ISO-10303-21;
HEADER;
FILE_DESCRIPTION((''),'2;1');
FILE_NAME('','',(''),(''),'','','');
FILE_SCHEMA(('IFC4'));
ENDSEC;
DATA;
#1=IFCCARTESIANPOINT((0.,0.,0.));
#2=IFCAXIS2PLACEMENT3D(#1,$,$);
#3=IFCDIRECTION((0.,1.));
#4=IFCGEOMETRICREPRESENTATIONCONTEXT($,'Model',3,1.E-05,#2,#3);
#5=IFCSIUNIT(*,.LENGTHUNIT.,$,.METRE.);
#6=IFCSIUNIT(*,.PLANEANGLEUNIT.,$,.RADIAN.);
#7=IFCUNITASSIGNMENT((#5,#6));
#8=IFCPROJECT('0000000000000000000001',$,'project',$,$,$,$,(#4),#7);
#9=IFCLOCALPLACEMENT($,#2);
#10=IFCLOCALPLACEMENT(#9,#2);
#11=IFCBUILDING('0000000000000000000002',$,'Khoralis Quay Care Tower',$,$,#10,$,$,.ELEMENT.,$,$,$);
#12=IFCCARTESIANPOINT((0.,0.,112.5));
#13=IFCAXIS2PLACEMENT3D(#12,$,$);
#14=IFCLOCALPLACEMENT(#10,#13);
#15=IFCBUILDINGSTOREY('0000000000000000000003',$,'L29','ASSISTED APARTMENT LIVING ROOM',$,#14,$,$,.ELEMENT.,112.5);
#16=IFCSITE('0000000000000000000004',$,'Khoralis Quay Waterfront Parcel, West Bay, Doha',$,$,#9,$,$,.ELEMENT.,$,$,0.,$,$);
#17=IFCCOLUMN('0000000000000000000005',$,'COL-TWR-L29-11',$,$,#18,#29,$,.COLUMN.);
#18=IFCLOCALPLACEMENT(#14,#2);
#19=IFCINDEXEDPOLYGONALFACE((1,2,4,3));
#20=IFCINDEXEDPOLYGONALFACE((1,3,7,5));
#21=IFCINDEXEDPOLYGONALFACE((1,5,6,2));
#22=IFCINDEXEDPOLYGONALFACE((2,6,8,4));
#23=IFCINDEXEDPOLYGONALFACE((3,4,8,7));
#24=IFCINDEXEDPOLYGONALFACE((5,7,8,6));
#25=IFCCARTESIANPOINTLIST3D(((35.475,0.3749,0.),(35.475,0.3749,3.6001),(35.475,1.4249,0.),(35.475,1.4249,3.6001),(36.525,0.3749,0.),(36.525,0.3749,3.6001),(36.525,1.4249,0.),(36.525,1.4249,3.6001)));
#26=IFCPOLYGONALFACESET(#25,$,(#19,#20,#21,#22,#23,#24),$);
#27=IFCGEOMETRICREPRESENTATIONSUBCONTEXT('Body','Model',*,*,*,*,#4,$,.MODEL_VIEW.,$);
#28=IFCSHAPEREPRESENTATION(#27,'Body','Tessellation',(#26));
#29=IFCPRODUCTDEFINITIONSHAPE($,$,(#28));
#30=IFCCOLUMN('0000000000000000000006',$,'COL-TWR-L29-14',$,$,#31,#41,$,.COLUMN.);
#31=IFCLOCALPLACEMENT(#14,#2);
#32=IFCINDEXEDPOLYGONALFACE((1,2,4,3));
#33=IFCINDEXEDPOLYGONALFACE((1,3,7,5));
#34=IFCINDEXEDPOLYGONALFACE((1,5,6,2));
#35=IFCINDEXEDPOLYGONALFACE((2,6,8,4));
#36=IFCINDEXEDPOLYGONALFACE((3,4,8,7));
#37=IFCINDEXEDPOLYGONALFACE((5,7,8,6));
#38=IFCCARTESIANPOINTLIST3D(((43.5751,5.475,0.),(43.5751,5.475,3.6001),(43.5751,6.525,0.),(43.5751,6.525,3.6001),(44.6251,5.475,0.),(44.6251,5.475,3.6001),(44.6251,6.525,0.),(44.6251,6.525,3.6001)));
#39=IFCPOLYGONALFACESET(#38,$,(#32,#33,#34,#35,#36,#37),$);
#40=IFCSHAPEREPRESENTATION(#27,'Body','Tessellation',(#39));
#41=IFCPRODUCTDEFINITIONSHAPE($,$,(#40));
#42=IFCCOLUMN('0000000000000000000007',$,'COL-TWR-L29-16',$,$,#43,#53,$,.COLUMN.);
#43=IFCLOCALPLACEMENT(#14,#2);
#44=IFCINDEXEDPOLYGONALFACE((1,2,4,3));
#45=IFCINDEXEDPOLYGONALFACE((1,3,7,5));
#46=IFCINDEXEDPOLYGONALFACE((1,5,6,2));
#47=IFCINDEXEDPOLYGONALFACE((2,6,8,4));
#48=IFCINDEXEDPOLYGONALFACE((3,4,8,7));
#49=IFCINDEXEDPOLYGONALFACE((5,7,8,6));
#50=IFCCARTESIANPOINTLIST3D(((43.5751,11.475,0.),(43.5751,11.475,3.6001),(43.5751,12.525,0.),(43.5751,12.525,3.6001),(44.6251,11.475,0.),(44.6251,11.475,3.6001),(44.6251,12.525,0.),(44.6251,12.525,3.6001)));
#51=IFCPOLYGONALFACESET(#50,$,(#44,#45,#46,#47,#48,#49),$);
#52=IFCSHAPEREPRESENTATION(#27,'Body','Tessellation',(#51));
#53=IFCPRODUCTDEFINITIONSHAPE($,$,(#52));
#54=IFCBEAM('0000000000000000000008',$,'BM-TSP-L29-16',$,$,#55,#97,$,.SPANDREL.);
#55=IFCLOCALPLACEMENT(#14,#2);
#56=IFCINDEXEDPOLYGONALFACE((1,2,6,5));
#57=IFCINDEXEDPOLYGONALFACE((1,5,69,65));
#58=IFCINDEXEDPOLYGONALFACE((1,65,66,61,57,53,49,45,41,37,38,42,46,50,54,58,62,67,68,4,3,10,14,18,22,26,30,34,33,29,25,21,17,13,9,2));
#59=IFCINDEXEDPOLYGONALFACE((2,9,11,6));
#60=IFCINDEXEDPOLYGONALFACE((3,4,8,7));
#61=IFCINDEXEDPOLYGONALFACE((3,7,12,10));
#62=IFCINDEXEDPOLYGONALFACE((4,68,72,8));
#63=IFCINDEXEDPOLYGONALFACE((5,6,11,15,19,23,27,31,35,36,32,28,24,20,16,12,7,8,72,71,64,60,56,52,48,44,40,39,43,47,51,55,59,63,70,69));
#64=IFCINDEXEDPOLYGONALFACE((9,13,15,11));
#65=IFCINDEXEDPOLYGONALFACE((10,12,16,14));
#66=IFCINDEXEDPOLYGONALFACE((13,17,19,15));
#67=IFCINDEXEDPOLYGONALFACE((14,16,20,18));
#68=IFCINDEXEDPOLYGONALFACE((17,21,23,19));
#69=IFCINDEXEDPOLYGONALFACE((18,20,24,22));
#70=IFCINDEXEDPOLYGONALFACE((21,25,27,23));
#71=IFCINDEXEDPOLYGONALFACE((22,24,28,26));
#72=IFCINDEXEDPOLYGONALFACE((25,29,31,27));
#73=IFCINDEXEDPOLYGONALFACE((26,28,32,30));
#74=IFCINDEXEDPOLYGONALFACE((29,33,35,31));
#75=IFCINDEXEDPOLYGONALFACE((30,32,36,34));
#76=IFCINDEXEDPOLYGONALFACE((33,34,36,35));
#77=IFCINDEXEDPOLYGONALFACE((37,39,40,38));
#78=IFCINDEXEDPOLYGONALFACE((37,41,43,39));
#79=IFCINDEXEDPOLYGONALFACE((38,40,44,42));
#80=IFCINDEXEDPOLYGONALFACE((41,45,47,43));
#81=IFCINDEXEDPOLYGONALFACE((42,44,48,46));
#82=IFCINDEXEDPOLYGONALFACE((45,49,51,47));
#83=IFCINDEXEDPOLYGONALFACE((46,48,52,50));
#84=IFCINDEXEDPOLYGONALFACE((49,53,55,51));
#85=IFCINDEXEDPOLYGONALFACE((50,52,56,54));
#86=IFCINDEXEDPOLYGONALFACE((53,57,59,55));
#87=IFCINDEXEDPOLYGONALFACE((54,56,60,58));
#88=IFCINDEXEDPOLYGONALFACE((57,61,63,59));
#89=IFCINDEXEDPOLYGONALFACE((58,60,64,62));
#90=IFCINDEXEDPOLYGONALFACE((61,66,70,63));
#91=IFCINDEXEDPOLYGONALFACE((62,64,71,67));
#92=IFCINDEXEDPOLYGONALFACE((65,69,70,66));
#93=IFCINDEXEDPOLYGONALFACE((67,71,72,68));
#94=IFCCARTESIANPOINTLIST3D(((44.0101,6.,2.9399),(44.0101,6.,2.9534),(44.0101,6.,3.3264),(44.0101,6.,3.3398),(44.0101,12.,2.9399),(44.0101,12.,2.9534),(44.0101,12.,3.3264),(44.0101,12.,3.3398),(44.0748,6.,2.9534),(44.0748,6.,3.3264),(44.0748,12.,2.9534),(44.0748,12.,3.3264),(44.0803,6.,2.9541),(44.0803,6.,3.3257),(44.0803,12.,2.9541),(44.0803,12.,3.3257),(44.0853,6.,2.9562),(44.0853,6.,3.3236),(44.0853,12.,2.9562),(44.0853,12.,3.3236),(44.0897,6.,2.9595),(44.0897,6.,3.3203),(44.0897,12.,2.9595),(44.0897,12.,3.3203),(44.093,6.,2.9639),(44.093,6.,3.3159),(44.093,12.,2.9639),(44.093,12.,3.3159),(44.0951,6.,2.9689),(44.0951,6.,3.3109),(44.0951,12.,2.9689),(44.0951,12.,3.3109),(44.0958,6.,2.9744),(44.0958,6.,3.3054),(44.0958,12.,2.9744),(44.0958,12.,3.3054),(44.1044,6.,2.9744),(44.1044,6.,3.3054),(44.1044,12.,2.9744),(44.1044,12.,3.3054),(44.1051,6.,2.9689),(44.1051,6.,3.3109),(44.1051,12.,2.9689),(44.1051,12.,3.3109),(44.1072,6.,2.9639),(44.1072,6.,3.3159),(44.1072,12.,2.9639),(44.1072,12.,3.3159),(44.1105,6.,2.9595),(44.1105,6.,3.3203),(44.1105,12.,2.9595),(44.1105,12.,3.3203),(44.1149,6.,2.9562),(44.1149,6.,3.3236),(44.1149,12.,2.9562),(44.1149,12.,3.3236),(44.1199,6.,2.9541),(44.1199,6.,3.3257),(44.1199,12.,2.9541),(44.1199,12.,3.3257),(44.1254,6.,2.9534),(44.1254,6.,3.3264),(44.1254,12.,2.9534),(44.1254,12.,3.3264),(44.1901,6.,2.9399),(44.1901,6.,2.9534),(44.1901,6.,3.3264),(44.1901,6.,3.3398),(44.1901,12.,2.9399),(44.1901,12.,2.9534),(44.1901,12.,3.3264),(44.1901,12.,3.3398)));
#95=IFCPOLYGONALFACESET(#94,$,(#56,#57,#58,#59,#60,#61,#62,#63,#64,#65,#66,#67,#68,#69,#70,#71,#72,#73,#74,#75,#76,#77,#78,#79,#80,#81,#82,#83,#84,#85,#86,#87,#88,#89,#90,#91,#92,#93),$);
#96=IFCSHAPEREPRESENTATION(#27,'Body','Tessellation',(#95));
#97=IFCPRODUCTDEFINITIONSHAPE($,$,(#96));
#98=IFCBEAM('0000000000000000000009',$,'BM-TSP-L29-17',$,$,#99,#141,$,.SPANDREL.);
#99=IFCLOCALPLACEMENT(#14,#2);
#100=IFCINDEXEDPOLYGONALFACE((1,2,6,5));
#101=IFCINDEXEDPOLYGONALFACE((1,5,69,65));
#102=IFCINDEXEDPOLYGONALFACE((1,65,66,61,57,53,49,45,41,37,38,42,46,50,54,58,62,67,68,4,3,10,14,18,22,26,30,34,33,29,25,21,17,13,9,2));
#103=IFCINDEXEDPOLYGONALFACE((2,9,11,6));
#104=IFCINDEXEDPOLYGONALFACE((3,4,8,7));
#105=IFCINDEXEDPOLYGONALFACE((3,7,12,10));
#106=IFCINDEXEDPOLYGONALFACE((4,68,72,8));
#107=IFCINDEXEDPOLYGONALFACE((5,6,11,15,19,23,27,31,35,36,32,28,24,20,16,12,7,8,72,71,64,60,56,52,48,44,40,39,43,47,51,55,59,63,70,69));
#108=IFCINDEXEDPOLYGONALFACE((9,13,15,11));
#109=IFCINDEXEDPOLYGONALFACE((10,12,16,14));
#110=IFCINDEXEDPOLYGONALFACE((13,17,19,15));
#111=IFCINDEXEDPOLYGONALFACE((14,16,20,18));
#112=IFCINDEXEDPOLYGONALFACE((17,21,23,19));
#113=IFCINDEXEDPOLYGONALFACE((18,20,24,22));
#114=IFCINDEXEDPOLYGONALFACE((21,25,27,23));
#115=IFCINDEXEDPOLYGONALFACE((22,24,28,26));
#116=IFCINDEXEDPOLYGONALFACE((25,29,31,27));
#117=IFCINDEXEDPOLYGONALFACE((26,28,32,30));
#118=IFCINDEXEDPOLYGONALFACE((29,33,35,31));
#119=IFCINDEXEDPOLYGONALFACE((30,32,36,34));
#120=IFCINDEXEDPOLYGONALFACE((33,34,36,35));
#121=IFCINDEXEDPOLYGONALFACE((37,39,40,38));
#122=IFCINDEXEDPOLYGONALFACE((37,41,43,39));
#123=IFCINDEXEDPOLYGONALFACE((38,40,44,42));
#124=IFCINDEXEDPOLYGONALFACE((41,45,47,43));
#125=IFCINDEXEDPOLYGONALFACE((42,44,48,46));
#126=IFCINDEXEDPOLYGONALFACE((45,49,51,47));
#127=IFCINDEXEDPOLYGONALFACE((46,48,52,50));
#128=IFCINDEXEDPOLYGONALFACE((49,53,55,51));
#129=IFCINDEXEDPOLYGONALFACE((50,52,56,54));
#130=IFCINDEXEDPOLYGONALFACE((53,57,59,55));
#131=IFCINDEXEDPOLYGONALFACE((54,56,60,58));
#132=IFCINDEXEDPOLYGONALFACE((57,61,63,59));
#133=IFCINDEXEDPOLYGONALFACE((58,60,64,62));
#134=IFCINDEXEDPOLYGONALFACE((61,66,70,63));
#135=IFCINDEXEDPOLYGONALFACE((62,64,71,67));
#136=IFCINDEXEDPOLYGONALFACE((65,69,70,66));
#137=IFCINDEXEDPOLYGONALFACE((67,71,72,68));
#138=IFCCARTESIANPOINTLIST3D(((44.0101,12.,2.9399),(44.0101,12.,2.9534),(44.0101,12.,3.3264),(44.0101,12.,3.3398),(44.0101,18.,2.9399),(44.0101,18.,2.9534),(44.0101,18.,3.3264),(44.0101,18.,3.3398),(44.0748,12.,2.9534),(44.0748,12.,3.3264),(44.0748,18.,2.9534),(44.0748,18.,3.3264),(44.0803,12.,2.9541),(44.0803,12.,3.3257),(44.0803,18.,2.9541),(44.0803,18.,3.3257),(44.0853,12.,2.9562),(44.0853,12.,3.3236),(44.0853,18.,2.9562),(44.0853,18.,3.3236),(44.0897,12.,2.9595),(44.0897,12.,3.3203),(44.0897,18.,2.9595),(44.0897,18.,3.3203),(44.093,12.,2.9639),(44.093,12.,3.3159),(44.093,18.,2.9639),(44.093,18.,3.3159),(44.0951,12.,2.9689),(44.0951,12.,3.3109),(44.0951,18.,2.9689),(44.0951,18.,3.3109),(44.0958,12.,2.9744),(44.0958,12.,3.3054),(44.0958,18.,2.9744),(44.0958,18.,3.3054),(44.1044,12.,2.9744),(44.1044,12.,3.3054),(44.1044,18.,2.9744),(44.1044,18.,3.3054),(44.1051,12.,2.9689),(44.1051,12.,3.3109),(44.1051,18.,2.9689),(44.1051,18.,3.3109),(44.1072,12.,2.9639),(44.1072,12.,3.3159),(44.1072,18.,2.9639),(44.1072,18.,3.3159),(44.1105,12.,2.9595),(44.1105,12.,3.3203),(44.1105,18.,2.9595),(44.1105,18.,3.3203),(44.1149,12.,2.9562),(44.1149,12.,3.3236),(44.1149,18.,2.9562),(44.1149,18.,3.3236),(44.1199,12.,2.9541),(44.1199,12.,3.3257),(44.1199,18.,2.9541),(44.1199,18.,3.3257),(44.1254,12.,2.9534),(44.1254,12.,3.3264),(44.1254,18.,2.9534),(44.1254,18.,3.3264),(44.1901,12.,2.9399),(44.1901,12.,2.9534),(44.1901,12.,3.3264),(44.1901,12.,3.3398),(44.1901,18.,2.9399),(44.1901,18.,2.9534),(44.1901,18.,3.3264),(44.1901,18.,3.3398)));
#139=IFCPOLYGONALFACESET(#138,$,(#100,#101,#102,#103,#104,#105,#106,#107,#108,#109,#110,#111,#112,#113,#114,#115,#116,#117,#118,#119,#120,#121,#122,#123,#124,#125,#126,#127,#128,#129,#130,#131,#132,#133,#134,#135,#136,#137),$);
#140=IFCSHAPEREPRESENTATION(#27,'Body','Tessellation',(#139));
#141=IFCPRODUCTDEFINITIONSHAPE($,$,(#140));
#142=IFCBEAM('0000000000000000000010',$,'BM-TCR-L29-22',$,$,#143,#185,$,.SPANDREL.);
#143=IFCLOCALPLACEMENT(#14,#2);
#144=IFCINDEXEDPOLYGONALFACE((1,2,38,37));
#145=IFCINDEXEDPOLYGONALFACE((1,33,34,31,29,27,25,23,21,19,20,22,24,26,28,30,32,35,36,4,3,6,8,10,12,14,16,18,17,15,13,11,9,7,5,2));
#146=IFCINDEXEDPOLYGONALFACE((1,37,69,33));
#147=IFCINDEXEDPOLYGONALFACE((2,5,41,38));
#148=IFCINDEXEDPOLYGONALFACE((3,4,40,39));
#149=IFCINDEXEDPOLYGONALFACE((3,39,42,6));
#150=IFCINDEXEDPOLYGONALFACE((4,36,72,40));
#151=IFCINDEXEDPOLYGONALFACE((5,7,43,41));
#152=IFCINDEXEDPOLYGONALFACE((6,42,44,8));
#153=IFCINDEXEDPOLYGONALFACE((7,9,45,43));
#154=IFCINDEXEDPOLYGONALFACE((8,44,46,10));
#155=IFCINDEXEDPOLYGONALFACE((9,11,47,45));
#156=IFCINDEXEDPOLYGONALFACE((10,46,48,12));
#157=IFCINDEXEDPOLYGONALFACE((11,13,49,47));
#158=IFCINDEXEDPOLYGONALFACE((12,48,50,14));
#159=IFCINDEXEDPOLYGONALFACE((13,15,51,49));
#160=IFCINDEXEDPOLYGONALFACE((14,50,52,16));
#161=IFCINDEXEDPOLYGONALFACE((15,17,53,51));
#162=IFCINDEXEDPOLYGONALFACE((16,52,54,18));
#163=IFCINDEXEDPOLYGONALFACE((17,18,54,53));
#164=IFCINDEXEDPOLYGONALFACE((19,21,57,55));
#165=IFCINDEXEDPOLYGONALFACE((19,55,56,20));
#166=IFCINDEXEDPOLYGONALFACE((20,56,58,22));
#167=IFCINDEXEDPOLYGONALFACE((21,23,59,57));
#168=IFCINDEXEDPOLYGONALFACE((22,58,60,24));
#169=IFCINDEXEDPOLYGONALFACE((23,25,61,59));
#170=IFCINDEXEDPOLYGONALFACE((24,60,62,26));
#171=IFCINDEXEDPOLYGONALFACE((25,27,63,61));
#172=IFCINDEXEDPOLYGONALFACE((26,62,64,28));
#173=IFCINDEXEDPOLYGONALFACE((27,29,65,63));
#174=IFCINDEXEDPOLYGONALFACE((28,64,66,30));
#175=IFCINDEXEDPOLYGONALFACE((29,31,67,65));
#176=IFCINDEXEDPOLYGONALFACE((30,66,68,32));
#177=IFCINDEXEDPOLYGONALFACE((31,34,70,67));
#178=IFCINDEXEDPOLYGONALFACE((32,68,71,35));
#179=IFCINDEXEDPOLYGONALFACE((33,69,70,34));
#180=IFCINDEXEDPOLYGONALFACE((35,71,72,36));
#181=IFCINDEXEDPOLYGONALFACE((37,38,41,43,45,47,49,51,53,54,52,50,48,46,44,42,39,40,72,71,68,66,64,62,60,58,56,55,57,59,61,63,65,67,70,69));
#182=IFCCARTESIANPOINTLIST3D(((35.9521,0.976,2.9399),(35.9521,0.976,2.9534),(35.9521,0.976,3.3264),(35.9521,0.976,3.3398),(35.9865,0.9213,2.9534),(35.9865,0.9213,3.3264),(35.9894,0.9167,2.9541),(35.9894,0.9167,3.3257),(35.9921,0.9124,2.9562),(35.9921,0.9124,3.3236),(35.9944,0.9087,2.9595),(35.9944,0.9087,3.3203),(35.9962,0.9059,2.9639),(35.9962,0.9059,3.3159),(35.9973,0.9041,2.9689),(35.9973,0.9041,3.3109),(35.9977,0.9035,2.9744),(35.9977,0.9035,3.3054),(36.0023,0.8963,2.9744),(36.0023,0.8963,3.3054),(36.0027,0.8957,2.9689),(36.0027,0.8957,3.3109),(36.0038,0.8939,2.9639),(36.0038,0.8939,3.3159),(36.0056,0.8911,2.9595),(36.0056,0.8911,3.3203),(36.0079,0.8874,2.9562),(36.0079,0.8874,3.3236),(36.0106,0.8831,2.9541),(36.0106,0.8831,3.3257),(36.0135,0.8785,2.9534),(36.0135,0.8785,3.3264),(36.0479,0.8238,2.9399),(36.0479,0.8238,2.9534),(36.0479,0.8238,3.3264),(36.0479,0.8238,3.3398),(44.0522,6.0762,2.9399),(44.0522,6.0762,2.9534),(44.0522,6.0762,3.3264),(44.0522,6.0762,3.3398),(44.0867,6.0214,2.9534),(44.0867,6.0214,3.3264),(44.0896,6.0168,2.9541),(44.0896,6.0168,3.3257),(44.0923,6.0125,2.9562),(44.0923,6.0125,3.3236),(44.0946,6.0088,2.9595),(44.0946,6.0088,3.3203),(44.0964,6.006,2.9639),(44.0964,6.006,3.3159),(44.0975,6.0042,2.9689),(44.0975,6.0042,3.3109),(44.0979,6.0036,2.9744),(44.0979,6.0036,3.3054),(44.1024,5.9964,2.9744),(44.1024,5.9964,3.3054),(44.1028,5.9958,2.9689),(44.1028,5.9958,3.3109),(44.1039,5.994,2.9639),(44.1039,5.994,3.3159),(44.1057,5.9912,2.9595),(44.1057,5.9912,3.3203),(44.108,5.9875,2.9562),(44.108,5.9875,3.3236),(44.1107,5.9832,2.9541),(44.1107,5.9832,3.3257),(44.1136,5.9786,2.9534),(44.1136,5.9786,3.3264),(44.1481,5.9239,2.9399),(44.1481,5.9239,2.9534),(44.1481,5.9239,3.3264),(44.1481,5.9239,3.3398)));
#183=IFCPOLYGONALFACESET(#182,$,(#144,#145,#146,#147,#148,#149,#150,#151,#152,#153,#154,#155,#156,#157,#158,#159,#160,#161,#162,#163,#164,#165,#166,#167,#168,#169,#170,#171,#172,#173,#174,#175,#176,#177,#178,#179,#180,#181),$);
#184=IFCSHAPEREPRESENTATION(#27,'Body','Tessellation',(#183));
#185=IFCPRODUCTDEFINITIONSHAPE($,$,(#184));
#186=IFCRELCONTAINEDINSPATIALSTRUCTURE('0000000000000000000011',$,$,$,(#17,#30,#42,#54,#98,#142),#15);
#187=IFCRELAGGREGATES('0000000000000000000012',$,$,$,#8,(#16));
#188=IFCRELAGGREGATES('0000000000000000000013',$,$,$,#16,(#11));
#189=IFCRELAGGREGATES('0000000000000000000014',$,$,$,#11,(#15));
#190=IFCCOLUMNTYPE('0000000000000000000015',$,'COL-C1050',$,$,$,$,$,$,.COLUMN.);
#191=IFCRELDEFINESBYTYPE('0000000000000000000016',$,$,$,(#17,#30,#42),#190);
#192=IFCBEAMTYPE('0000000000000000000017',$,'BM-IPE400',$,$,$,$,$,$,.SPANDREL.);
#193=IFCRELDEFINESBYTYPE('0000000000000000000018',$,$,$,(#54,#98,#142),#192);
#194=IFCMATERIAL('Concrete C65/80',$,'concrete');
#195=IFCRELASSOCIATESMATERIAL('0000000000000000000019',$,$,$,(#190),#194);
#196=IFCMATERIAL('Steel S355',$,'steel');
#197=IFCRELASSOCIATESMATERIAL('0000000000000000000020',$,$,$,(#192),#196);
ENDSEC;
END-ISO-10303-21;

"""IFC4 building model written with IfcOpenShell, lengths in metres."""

from ifc_helpers import new_model, si_unit, direction, frame, origin, origin_2d, place, context, subcontext, project, spatial, rectangle, i_section, extrude, source, transform, mapped, material, material_profile, profile_set, type_object, element, save


model = new_model("IFC4")

# Units and contexts
model_context = context("Model", 3, precision=1e-05, world=origin(), true_north=direction((0.0, 1.0)))
body_context = subcontext(model_context, "Body", "Model", "MODEL_VIEW")
ifc_project = project(units=[si_unit("LENGTHUNIT", "METRE"), si_unit("PLANEANGLEUNIT", "RADIAN")], contexts=[model_context])

# Site, building, storey
site_placement = place(None, origin())
site = spatial("IfcSite", under=ifc_project, at=site_placement, Name="Khoralis Quay Waterfront Parcel, West Bay, Doha", CompositionType="ELEMENT", RefElevation=0.0)
building_placement = place(site_placement, origin())
building = spatial("IfcBuilding", under=site, at=building_placement, Name="Khoralis Quay Care Tower", CompositionType="ELEMENT")
storey_placement = place(building_placement, frame((0.0, 0.0, 112.5)))
storey = spatial("IfcBuildingStorey", under=building, at=storey_placement, Name="L29", Description="ASSISTED APARTMENT LIVING ROOM", CompositionType="ELEMENT", Elevation=112.5)

# Columns
ifc_material_1 = material(Name="Concrete C65/80", Category="concrete")
ifc_material_profile_1 = material_profile(ifc_material_1, rectangle(XDim=1.05, YDim=1.05, at=origin_2d()), Name="Concrete C65/80")
ifc_profile_set_1 = profile_set([ifc_material_profile_1], Name="Concrete C65/80")
column_type = type_object("IfcColumnType", Name="COL-C1050", PredefinedType="COLUMN", material=ifc_profile_set_1)
shared_shape_1 = source(origin(), body_context, "Body", "SweptSolid", [
    extrude(rectangle(XDim=1.05, YDim=1.05, at=origin_2d()), origin(), (0.0, 0.0, 1.0), 3.6001),
])
for number, where, z_axis, x_axis, name in (
    (1, (36.0, 0.8999, 0.0), (0.0, 0.0, 1.0), (1.0, 0.0, 0.0), "COL-TWR-L29-11"),
    (2, (44.1001, 6.0, 0.0), (0.0, 0.0, 1.0), (1.0, 0.0, 0.0), "COL-TWR-L29-14"),
    (3, (44.1001, 12.0, 0.0), (0.0, 0.0, 1.0), (1.0, 0.0, 0.0), "COL-TWR-L29-16"),
):
    element("IfcColumn", number, at=place(storey_placement, frame(where, z_axis=z_axis, x_axis=x_axis)), inside=storey, type_object=column_type, Name=name, PredefinedType="COLUMN", context=body_context, shape_type="MappedRepresentation", body=[
        mapped(shared_shape_1, transform((0.0, 0.0, 0.0), scale=1.0)),
    ])

# Beams
ifc_material_2 = material(Name="Steel S355", Category="steel")
ifc_material_profile_2 = material_profile(ifc_material_2, i_section(OverallWidth=0.1799, OverallDepth=0.3999, WebThickness=0.0085, FlangeThickness=0.0134, FilletRadius=0.021, at=origin_2d()), Name="Steel S355")
ifc_profile_set_2 = profile_set([ifc_material_profile_2], Name="Steel S355")
beam_type_1 = type_object("IfcBeamType", Name="BM-IPE400", PredefinedType="SPANDREL", material=ifc_profile_set_2)
shared_shape_2 = source(origin(), body_context, "Body", "SweptSolid", [
    extrude(i_section(OverallWidth=0.1799, OverallDepth=0.3999, WebThickness=0.0085, FlangeThickness=0.0134, FilletRadius=0.021, at=origin_2d()), origin(), (0.0, 0.0, 1.0), 6.0),
])
for number, where, z_axis, x_axis, name in (
    (4, (44.1001, 6.0, 3.1399), (0.0, 1.0, 0.0), (-1.0, 0.0, 0.0), "BM-TSP-L29-16"),
    (5, (44.1001, 12.0, 3.1399), (0.0, 1.0, 0.0), (-1.0, 0.0, 0.0), "BM-TSP-L29-17"),
):
    element("IfcBeam", number, at=place(storey_placement, frame(where, z_axis=z_axis, x_axis=x_axis)), inside=storey, type_object=beam_type_1, Name=name, PredefinedType="SPANDREL", context=body_context, shape_type="MappedRepresentation", body=[
        mapped(shared_shape_2, transform((0.0, 0.0, 0.0), scale=1.0)),
    ])
shared_shape_3 = source(origin(), body_context, "Body", "SweptSolid", [
    extrude(i_section(OverallWidth=0.1799, OverallDepth=0.3999, WebThickness=0.0085, FlangeThickness=0.0134, FilletRadius=0.021, at=origin_2d()), origin(), (0.0, 0.0, 1.0), 9.572),
])
beam_1_placement = place(storey_placement, frame((36.0, 0.8999, 3.1399), z_axis=(0.846231, 0.532816, 0.0), x_axis=(-0.532816, 0.846231, 0.0)))
element("IfcBeam", 6, at=beam_1_placement, inside=storey, type_object=beam_type_1, Name="BM-TCR-L29-22", PredefinedType="SPANDREL", context=body_context, shape_type="MappedRepresentation", body=[
    mapped(shared_shape_3, transform((0.0, 0.0, 0.0), scale=1.0)),
])

save(model, "model.ifc")
